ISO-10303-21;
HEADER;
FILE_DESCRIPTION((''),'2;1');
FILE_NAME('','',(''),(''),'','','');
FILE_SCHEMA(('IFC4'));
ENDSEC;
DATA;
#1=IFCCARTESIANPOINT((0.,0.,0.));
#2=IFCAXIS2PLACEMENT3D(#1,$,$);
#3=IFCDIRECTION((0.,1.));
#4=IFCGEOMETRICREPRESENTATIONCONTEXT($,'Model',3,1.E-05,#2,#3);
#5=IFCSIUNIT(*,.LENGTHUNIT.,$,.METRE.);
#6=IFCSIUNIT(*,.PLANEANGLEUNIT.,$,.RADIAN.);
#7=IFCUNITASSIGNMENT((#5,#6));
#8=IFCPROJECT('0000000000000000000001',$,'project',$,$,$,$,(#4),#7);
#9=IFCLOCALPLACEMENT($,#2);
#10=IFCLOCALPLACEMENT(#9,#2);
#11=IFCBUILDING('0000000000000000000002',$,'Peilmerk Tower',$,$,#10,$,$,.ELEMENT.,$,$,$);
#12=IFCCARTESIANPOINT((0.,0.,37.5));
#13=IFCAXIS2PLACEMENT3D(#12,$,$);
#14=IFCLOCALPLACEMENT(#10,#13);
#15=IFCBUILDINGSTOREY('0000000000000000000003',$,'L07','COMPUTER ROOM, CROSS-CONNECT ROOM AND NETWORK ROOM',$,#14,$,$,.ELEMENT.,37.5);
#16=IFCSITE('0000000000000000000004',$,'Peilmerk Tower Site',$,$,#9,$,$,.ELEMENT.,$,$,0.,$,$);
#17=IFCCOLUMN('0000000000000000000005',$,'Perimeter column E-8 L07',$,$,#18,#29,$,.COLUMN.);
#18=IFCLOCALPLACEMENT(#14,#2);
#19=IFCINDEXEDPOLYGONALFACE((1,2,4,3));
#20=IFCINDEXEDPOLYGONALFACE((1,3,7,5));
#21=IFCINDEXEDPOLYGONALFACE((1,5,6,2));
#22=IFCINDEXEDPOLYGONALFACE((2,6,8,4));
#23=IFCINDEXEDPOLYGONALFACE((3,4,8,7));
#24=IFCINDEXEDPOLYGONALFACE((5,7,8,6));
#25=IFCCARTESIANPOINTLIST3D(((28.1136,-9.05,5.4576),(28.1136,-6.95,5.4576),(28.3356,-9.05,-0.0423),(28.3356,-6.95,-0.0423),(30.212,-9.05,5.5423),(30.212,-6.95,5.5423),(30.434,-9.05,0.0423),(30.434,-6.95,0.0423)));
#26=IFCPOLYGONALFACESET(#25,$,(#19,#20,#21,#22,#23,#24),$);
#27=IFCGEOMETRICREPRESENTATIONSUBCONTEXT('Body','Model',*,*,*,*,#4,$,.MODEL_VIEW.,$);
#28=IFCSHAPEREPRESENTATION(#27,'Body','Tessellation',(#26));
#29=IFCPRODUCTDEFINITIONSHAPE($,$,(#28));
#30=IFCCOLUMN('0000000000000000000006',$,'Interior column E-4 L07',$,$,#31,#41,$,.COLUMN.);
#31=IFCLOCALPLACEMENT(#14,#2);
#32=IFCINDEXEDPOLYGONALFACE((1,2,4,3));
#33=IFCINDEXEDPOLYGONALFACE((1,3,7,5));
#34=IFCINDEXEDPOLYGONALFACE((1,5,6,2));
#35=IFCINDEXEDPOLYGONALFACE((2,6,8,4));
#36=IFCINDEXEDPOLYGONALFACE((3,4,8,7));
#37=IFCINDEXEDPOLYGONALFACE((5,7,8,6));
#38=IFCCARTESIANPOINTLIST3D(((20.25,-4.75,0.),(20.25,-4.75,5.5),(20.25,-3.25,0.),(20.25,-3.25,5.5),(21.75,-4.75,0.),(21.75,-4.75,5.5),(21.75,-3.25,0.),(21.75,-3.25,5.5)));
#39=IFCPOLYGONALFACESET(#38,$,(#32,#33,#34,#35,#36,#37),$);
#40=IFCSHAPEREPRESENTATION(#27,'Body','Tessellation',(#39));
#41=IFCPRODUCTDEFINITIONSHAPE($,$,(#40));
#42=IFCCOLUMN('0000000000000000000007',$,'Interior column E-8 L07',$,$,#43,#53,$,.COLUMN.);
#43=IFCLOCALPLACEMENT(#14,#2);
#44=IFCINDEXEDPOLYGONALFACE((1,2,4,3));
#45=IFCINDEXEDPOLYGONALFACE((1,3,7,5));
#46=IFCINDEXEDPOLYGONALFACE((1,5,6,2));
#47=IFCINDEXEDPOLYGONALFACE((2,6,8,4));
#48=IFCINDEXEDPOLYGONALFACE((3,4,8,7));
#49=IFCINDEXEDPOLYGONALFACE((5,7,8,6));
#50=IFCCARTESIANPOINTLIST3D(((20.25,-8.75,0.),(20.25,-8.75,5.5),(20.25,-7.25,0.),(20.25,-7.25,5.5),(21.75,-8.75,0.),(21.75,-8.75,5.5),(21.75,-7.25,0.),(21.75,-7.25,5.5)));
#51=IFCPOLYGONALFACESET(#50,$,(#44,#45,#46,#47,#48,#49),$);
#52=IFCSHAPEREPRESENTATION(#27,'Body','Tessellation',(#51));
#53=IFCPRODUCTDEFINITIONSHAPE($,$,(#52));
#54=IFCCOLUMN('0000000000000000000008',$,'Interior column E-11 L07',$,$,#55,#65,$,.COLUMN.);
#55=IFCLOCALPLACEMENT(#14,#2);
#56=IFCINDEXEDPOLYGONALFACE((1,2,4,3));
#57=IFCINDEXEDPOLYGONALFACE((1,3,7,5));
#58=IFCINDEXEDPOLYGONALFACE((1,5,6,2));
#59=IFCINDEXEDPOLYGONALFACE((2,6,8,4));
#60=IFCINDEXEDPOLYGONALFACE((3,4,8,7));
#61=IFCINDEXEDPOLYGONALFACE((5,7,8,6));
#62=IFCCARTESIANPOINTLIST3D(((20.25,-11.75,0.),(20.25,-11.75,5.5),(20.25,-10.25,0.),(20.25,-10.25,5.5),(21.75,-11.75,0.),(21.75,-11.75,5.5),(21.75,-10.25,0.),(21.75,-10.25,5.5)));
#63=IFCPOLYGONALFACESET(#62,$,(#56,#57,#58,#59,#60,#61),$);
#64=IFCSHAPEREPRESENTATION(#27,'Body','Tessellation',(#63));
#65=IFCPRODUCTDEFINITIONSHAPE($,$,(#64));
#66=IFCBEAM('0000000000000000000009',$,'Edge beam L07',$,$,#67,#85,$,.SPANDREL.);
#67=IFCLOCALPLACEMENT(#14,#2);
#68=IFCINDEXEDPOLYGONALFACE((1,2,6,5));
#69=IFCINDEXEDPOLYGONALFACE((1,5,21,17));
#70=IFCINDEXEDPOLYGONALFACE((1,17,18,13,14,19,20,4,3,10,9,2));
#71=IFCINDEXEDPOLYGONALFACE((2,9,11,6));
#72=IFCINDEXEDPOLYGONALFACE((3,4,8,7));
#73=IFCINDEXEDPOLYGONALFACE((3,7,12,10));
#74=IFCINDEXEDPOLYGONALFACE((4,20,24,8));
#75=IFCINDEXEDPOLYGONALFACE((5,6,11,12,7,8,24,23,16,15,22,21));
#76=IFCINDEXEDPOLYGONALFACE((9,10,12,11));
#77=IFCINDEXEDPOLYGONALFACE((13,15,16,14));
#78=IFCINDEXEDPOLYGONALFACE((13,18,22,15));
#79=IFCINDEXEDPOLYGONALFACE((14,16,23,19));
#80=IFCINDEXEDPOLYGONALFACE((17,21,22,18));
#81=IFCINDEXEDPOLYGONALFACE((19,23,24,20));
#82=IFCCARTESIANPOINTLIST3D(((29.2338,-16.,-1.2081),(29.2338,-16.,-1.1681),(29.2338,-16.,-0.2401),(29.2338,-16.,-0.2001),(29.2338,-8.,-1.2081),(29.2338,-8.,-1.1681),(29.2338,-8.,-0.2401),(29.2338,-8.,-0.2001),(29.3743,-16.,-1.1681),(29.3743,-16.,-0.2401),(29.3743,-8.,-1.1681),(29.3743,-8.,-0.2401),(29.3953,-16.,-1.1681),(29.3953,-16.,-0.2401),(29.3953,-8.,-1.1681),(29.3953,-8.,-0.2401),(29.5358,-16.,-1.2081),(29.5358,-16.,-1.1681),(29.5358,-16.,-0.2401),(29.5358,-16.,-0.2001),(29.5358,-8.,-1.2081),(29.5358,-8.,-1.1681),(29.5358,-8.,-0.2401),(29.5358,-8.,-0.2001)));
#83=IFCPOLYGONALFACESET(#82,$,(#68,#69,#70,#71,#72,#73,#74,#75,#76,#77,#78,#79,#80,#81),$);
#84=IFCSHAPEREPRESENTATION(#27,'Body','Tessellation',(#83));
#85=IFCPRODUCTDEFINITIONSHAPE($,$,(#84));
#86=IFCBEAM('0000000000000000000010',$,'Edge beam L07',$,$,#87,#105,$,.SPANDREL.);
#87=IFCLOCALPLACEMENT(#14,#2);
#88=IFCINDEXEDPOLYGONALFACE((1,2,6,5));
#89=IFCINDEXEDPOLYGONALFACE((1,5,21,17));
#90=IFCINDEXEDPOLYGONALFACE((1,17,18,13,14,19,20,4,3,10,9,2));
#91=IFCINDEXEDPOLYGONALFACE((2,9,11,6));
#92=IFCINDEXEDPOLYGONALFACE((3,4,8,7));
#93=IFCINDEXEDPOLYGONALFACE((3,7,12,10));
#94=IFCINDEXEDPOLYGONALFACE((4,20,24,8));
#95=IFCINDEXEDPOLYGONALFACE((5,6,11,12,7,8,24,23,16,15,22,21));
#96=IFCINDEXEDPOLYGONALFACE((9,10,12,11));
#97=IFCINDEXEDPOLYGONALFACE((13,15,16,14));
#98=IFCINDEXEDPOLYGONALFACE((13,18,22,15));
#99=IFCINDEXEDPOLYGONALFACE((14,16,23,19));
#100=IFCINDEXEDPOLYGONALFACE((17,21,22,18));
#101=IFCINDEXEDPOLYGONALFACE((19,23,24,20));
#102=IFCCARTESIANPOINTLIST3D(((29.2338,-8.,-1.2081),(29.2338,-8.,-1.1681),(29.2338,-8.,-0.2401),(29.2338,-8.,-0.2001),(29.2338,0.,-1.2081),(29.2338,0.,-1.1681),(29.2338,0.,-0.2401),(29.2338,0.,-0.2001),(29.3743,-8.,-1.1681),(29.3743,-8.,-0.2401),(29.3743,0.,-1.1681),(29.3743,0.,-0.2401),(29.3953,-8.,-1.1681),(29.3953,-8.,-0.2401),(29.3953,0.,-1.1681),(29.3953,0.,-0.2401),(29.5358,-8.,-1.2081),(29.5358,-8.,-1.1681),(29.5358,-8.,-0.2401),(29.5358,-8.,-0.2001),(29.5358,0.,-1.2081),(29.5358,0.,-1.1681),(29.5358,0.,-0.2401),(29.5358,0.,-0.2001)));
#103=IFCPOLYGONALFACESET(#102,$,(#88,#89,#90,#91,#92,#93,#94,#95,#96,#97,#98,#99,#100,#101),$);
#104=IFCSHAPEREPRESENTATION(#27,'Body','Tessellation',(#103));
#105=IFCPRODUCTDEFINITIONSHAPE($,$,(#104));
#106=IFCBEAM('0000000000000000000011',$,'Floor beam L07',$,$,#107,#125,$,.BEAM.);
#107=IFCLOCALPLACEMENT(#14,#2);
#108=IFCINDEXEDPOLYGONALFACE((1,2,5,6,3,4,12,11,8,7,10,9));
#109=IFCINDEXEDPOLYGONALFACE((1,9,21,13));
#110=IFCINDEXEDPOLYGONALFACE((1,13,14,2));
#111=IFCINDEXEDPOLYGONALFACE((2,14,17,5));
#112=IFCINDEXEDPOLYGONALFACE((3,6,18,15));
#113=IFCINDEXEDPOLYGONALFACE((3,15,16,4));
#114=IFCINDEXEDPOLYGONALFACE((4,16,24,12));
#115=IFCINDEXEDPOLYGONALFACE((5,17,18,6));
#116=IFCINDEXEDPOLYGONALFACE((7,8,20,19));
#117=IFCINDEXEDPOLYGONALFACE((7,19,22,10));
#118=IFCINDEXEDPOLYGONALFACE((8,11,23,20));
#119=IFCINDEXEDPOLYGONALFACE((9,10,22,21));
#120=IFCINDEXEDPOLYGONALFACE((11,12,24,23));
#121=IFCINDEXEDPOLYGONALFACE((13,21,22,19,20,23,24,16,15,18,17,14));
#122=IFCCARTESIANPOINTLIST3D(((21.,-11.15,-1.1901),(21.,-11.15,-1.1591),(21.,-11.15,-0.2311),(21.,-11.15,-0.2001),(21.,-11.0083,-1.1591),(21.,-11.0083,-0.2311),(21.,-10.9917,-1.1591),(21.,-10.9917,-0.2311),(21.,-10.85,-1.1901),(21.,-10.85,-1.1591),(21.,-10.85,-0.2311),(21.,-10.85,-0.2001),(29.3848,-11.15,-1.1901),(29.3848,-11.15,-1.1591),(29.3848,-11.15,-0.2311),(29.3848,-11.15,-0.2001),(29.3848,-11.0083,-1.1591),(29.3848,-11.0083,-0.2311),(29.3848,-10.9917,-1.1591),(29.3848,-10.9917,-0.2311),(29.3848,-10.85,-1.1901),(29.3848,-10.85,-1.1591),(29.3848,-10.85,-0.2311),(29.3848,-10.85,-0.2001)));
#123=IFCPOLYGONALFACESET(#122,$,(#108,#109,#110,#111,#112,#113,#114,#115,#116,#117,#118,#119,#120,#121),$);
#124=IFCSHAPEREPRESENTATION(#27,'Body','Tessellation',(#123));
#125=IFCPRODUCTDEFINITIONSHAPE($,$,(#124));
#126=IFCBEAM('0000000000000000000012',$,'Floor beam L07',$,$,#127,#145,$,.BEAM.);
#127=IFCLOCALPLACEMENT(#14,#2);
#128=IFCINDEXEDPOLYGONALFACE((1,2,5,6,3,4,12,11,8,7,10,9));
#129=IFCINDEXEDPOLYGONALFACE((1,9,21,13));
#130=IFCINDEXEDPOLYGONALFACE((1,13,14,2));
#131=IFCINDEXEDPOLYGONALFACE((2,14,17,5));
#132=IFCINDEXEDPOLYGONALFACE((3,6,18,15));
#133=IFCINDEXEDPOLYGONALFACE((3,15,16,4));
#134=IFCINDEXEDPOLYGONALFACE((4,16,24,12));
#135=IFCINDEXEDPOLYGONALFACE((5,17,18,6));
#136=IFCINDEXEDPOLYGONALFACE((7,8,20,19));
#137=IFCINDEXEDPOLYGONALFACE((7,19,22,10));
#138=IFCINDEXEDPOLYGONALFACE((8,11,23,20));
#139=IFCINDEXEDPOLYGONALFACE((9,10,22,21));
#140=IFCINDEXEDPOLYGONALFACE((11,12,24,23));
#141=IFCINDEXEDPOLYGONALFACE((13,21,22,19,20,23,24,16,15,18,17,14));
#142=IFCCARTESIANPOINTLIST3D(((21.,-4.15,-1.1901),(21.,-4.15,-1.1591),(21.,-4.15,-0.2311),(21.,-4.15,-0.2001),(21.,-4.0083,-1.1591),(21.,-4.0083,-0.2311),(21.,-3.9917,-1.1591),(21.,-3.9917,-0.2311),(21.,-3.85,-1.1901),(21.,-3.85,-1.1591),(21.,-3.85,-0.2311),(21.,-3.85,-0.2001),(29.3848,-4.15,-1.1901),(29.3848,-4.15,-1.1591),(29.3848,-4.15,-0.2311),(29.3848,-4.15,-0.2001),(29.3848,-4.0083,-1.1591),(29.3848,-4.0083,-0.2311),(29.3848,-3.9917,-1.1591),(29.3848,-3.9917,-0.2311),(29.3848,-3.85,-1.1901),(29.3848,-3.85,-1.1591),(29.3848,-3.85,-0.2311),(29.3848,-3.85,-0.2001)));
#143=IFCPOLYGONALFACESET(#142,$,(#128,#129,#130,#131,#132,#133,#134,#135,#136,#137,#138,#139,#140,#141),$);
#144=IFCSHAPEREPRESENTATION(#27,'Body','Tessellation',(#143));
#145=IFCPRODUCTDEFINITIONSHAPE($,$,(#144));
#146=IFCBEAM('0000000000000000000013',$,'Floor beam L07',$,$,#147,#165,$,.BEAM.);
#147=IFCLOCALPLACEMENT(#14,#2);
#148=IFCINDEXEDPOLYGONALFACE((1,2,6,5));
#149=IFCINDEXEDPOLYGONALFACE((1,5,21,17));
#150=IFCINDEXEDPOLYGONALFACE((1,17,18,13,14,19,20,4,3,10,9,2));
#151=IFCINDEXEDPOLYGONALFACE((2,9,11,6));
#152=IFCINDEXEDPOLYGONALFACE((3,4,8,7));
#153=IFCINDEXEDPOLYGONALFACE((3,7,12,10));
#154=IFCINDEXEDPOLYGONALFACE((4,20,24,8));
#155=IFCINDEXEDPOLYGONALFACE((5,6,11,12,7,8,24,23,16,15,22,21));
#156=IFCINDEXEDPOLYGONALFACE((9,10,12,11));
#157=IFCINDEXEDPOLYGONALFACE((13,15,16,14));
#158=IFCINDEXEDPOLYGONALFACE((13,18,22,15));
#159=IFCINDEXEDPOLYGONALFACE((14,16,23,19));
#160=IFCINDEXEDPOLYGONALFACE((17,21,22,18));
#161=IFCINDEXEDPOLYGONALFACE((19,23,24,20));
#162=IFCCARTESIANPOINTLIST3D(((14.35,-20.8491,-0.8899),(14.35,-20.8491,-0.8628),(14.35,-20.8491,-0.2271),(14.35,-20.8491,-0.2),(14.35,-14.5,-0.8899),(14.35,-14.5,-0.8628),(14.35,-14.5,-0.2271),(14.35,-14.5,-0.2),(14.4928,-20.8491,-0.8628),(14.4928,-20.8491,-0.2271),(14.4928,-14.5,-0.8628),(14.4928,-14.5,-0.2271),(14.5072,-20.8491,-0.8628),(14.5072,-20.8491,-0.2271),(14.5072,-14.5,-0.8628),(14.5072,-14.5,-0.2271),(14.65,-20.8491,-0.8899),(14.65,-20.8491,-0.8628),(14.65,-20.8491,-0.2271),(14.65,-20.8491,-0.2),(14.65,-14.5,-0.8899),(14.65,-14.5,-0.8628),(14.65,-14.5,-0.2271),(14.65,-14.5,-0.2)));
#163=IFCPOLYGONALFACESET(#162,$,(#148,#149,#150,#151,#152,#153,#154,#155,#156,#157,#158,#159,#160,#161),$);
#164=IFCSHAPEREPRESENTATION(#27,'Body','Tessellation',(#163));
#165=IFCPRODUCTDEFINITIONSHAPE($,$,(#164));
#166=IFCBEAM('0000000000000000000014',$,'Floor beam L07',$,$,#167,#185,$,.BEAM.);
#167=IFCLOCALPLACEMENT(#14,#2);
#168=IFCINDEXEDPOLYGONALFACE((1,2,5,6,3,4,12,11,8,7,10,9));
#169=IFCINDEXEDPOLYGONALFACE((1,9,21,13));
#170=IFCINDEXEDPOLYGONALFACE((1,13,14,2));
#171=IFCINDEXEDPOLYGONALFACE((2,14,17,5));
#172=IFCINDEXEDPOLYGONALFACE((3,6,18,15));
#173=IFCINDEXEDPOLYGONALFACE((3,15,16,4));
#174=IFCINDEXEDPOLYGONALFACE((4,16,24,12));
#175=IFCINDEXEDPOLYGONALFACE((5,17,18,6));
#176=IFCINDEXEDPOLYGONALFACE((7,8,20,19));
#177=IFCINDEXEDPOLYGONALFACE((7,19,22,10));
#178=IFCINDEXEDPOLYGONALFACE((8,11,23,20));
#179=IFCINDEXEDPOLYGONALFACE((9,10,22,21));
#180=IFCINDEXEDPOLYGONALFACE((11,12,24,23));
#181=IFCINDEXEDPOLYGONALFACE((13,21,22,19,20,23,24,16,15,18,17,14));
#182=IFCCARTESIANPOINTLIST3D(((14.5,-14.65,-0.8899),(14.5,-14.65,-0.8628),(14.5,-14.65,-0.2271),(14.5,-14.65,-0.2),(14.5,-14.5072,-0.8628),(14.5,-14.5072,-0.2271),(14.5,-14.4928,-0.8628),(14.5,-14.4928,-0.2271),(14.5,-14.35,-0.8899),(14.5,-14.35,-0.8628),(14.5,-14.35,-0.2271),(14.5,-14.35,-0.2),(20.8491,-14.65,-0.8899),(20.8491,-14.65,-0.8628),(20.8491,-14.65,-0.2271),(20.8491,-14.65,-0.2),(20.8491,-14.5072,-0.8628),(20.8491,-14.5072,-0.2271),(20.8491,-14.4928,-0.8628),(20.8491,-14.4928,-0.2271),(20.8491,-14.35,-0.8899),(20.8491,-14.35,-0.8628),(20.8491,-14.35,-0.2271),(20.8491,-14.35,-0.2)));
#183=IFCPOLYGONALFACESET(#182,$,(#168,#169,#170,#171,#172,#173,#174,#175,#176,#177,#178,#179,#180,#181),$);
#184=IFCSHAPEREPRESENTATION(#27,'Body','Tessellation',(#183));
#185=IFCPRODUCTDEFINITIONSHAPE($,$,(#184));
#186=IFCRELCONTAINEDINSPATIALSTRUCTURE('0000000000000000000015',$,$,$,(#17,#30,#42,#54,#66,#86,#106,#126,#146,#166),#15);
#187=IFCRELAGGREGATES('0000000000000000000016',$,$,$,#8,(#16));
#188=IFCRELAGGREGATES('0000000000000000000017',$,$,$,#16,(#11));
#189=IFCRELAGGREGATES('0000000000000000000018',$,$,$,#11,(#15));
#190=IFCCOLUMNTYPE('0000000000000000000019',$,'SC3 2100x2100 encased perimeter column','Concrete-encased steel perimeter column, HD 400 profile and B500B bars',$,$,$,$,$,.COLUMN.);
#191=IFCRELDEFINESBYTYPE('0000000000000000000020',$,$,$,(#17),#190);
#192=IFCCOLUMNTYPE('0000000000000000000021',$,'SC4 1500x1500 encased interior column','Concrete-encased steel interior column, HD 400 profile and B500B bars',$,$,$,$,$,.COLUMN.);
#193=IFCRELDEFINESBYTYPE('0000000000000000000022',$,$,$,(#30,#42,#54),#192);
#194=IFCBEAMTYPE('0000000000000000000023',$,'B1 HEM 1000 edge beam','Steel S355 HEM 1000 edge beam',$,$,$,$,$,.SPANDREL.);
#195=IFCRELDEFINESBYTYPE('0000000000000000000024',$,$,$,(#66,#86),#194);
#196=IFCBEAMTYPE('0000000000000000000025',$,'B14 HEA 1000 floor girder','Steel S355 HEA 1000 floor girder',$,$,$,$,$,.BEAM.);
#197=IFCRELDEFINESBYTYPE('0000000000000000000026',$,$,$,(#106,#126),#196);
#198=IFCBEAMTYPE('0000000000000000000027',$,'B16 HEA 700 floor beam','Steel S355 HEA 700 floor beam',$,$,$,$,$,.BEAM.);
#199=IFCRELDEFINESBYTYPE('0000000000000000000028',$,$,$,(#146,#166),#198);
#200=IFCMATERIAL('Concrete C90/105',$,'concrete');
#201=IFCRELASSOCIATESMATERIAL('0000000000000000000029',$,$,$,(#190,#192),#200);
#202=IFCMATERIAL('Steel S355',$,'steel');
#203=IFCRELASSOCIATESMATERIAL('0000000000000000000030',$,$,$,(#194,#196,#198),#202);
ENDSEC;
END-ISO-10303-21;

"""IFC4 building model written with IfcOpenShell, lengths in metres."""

from ifc_helpers import new_model, si_unit, direction, frame, origin, origin_2d, place, context, subcontext, project, spatial, rectangle, i_section, extrude, material, material_profile, profile_set, type_object, element, save


model = new_model("IFC4")

# Units and contexts
model_context = context("Model", 3, precision=1e-05, world=origin(), true_north=direction((0.0, 1.0)))
body_context = subcontext(model_context, "Body", "Model", "MODEL_VIEW")
ifc_project = project(units=[si_unit("LENGTHUNIT", "METRE"), si_unit("PLANEANGLEUNIT", "RADIAN")], contexts=[model_context])

# Site, building, storey
site_placement = place(None, origin())
site = spatial("IfcSite", under=ifc_project, at=site_placement, Name="Peilmerk Tower Site", CompositionType="ELEMENT", RefElevation=0.0)
building_placement = place(site_placement, origin())
building = spatial("IfcBuilding", under=site, at=building_placement, Name="Peilmerk Tower", CompositionType="ELEMENT")
storey_placement = place(building_placement, frame((0.0, 0.0, 37.5)))
storey = spatial("IfcBuildingStorey", under=building, at=storey_placement, Name="L07", Description="COMPUTER ROOM, CROSS-CONNECT ROOM AND NETWORK ROOM", CompositionType="ELEMENT", Elevation=37.5)

# Columns
ifc_material_1 = material(Name="Concrete C90/105", Category="concrete")
ifc_material_profile_1 = material_profile(ifc_material_1, rectangle(XDim=2.1001, YDim=2.1001, at=origin_2d()), Name="RC 2100x2100")
ifc_profile_set_1 = profile_set([ifc_material_profile_1], Name="Concrete C90/105")
column_type_1 = type_object("IfcColumnType", Name="SC3 2100x2100 encased perimeter column", Description="Concrete-encased steel perimeter column, HD 400 profile and B500B bars", PredefinedType="COLUMN", material=ifc_profile_set_1)
column_placement = place(storey_placement, frame((29.3848, -8.0, 0.0), z_axis=(-0.040317, 0.0, 0.999187), x_axis=(0.0, -1.0, 0.0)))
element("IfcColumn", 1, at=column_placement, inside=storey, type_object=column_type_1, Name="Perimeter column E-8 L07", PredefinedType="COLUMN", context=body_context, shape_type="SweptSolid", body=[
    extrude(rectangle(XDim=2.1001, YDim=2.1001, at=origin_2d()), origin(), (0.0, 0.0, 1.0), 5.5044),
])
ifc_material_profile_2 = material_profile(ifc_material_1, rectangle(XDim=1.5, YDim=1.5, at=origin_2d()), Name="RC 1500x1500")
ifc_profile_set_2 = profile_set([ifc_material_profile_2], Name="Concrete C90/105")
column_type_2 = type_object("IfcColumnType", Name="SC4 1500x1500 encased interior column", Description="Concrete-encased steel interior column, HD 400 profile and B500B bars", PredefinedType="COLUMN", material=ifc_profile_set_2)
for number, where, z_axis, x_axis, name in (
    (2, (21.0, -4.0, 0.0), (0.0, 0.0, 1.0), (1.0, 0.0, 0.0), "Interior column E-4 L07"),
    (3, (21.0, -8.0, 0.0), (0.0, 0.0, 1.0), (1.0, 0.0, 0.0), "Interior column E-8 L07"),
    (4, (21.0, -11.0, 0.0), (0.0, 0.0, 1.0), (1.0, 0.0, 0.0), "Interior column E-11 L07"),
):
    element("IfcColumn", number, at=place(storey_placement, frame(where, z_axis=z_axis, x_axis=x_axis)), inside=storey, type_object=column_type_2, Name=name, PredefinedType="COLUMN", context=body_context, shape_type="SweptSolid", body=[
        extrude(rectangle(XDim=1.5, YDim=1.5, at=origin_2d()), origin(), (0.0, 0.0, 1.0), 5.5),
    ])

# Beams
ifc_material_2 = material(Name="Steel S355", Category="steel")
ifc_material_profile_3 = material_profile(ifc_material_2, i_section(OverallWidth=0.302, OverallDepth=1.0081, WebThickness=0.021, FlangeThickness=0.04, at=origin_2d()), Name="HEM 1000")
ifc_profile_set_3 = profile_set([ifc_material_profile_3], Name="Steel S355")
beam_type_1 = type_object("IfcBeamType", Name="B1 HEM 1000 edge beam", Description="Steel S355 HEM 1000 edge beam", PredefinedType="SPANDREL", material=ifc_profile_set_3)
for number, where, z_axis, x_axis, name in (
    (5, (29.3848, -16.0, -0.7041), (0.0, 1.0, 0.0), (-1.0, 0.0, 0.0), "Edge beam L07"),
    (6, (29.3848, -8.0, -0.7041), (0.0, 1.0, 0.0), (-1.0, 0.0, 0.0), "Edge beam L07"),
):
    element("IfcBeam", number, at=place(storey_placement, frame(where, z_axis=z_axis, x_axis=x_axis)), inside=storey, type_object=beam_type_1, Name=name, PredefinedType="SPANDREL", context=body_context, shape_type="SweptSolid", body=[
        extrude(i_section(OverallWidth=0.302, OverallDepth=1.0081, WebThickness=0.021, FlangeThickness=0.04, at=origin_2d()), origin(), (0.0, 0.0, 1.0), 8.0),
    ])
ifc_material_profile_4 = material_profile(ifc_material_2, i_section(OverallWidth=0.3, OverallDepth=0.99, WebThickness=0.0166, FlangeThickness=0.031, at=origin_2d()), Name="HEA 1000")
ifc_profile_set_4 = profile_set([ifc_material_profile_4], Name="Steel S355")
beam_type_2 = type_object("IfcBeamType", Name="B14 HEA 1000 floor girder", Description="Steel S355 HEA 1000 floor girder", PredefinedType="BEAM", material=ifc_profile_set_4)
for number, where, z_axis, x_axis, name in (
    (7, (21.0, -11.0, -0.6951), (1.0, 0.0, 0.0), (0.0, 1.0, 0.0), "Floor beam L07"),
    (8, (21.0, -4.0, -0.6951), (1.0, 0.0, 0.0), (0.0, 1.0, 0.0), "Floor beam L07"),
):
    element("IfcBeam", number, at=place(storey_placement, frame(where, z_axis=z_axis, x_axis=x_axis)), inside=storey, type_object=beam_type_2, Name=name, PredefinedType="BEAM", context=body_context, shape_type="SweptSolid", body=[
        extrude(i_section(OverallWidth=0.3, OverallDepth=0.99, WebThickness=0.0166, FlangeThickness=0.031, at=origin_2d()), origin(), (0.0, 0.0, 1.0), 8.3848),
    ])
ifc_material_profile_5 = material_profile(ifc_material_2, i_section(OverallWidth=0.3, OverallDepth=0.6899, WebThickness=0.0144, FlangeThickness=0.0271, at=origin_2d()), Name="HEA 700")
ifc_profile_set_5 = profile_set([ifc_material_profile_5], Name="Steel S355")
beam_type_3 = type_object("IfcBeamType", Name="B16 HEA 700 floor beam", Description="Steel S355 HEA 700 floor beam", PredefinedType="BEAM", material=ifc_profile_set_5)
for number, where, z_axis, x_axis, name in (
    (9, (14.5, -14.5, -0.5449), (0.0, -1.0, 0.0), (1.0, 0.0, 0.0), "Floor beam L07"),
    (10, (14.5, -14.5, -0.5449), (1.0, 0.0, 0.0), (0.0, 1.0, 0.0), "Floor beam L07"),
):
    element("IfcBeam", number, at=place(storey_placement, frame(where, z_axis=z_axis, x_axis=x_axis)), inside=storey, type_object=beam_type_3, Name=name, PredefinedType="BEAM", context=body_context, shape_type="SweptSolid", body=[
        extrude(i_section(OverallWidth=0.3, OverallDepth=0.6899, WebThickness=0.0144, FlangeThickness=0.0271, at=origin_2d()), origin(), (0.0, 0.0, 1.0), 6.3491),
    ])

save(model, "model.ifc")
